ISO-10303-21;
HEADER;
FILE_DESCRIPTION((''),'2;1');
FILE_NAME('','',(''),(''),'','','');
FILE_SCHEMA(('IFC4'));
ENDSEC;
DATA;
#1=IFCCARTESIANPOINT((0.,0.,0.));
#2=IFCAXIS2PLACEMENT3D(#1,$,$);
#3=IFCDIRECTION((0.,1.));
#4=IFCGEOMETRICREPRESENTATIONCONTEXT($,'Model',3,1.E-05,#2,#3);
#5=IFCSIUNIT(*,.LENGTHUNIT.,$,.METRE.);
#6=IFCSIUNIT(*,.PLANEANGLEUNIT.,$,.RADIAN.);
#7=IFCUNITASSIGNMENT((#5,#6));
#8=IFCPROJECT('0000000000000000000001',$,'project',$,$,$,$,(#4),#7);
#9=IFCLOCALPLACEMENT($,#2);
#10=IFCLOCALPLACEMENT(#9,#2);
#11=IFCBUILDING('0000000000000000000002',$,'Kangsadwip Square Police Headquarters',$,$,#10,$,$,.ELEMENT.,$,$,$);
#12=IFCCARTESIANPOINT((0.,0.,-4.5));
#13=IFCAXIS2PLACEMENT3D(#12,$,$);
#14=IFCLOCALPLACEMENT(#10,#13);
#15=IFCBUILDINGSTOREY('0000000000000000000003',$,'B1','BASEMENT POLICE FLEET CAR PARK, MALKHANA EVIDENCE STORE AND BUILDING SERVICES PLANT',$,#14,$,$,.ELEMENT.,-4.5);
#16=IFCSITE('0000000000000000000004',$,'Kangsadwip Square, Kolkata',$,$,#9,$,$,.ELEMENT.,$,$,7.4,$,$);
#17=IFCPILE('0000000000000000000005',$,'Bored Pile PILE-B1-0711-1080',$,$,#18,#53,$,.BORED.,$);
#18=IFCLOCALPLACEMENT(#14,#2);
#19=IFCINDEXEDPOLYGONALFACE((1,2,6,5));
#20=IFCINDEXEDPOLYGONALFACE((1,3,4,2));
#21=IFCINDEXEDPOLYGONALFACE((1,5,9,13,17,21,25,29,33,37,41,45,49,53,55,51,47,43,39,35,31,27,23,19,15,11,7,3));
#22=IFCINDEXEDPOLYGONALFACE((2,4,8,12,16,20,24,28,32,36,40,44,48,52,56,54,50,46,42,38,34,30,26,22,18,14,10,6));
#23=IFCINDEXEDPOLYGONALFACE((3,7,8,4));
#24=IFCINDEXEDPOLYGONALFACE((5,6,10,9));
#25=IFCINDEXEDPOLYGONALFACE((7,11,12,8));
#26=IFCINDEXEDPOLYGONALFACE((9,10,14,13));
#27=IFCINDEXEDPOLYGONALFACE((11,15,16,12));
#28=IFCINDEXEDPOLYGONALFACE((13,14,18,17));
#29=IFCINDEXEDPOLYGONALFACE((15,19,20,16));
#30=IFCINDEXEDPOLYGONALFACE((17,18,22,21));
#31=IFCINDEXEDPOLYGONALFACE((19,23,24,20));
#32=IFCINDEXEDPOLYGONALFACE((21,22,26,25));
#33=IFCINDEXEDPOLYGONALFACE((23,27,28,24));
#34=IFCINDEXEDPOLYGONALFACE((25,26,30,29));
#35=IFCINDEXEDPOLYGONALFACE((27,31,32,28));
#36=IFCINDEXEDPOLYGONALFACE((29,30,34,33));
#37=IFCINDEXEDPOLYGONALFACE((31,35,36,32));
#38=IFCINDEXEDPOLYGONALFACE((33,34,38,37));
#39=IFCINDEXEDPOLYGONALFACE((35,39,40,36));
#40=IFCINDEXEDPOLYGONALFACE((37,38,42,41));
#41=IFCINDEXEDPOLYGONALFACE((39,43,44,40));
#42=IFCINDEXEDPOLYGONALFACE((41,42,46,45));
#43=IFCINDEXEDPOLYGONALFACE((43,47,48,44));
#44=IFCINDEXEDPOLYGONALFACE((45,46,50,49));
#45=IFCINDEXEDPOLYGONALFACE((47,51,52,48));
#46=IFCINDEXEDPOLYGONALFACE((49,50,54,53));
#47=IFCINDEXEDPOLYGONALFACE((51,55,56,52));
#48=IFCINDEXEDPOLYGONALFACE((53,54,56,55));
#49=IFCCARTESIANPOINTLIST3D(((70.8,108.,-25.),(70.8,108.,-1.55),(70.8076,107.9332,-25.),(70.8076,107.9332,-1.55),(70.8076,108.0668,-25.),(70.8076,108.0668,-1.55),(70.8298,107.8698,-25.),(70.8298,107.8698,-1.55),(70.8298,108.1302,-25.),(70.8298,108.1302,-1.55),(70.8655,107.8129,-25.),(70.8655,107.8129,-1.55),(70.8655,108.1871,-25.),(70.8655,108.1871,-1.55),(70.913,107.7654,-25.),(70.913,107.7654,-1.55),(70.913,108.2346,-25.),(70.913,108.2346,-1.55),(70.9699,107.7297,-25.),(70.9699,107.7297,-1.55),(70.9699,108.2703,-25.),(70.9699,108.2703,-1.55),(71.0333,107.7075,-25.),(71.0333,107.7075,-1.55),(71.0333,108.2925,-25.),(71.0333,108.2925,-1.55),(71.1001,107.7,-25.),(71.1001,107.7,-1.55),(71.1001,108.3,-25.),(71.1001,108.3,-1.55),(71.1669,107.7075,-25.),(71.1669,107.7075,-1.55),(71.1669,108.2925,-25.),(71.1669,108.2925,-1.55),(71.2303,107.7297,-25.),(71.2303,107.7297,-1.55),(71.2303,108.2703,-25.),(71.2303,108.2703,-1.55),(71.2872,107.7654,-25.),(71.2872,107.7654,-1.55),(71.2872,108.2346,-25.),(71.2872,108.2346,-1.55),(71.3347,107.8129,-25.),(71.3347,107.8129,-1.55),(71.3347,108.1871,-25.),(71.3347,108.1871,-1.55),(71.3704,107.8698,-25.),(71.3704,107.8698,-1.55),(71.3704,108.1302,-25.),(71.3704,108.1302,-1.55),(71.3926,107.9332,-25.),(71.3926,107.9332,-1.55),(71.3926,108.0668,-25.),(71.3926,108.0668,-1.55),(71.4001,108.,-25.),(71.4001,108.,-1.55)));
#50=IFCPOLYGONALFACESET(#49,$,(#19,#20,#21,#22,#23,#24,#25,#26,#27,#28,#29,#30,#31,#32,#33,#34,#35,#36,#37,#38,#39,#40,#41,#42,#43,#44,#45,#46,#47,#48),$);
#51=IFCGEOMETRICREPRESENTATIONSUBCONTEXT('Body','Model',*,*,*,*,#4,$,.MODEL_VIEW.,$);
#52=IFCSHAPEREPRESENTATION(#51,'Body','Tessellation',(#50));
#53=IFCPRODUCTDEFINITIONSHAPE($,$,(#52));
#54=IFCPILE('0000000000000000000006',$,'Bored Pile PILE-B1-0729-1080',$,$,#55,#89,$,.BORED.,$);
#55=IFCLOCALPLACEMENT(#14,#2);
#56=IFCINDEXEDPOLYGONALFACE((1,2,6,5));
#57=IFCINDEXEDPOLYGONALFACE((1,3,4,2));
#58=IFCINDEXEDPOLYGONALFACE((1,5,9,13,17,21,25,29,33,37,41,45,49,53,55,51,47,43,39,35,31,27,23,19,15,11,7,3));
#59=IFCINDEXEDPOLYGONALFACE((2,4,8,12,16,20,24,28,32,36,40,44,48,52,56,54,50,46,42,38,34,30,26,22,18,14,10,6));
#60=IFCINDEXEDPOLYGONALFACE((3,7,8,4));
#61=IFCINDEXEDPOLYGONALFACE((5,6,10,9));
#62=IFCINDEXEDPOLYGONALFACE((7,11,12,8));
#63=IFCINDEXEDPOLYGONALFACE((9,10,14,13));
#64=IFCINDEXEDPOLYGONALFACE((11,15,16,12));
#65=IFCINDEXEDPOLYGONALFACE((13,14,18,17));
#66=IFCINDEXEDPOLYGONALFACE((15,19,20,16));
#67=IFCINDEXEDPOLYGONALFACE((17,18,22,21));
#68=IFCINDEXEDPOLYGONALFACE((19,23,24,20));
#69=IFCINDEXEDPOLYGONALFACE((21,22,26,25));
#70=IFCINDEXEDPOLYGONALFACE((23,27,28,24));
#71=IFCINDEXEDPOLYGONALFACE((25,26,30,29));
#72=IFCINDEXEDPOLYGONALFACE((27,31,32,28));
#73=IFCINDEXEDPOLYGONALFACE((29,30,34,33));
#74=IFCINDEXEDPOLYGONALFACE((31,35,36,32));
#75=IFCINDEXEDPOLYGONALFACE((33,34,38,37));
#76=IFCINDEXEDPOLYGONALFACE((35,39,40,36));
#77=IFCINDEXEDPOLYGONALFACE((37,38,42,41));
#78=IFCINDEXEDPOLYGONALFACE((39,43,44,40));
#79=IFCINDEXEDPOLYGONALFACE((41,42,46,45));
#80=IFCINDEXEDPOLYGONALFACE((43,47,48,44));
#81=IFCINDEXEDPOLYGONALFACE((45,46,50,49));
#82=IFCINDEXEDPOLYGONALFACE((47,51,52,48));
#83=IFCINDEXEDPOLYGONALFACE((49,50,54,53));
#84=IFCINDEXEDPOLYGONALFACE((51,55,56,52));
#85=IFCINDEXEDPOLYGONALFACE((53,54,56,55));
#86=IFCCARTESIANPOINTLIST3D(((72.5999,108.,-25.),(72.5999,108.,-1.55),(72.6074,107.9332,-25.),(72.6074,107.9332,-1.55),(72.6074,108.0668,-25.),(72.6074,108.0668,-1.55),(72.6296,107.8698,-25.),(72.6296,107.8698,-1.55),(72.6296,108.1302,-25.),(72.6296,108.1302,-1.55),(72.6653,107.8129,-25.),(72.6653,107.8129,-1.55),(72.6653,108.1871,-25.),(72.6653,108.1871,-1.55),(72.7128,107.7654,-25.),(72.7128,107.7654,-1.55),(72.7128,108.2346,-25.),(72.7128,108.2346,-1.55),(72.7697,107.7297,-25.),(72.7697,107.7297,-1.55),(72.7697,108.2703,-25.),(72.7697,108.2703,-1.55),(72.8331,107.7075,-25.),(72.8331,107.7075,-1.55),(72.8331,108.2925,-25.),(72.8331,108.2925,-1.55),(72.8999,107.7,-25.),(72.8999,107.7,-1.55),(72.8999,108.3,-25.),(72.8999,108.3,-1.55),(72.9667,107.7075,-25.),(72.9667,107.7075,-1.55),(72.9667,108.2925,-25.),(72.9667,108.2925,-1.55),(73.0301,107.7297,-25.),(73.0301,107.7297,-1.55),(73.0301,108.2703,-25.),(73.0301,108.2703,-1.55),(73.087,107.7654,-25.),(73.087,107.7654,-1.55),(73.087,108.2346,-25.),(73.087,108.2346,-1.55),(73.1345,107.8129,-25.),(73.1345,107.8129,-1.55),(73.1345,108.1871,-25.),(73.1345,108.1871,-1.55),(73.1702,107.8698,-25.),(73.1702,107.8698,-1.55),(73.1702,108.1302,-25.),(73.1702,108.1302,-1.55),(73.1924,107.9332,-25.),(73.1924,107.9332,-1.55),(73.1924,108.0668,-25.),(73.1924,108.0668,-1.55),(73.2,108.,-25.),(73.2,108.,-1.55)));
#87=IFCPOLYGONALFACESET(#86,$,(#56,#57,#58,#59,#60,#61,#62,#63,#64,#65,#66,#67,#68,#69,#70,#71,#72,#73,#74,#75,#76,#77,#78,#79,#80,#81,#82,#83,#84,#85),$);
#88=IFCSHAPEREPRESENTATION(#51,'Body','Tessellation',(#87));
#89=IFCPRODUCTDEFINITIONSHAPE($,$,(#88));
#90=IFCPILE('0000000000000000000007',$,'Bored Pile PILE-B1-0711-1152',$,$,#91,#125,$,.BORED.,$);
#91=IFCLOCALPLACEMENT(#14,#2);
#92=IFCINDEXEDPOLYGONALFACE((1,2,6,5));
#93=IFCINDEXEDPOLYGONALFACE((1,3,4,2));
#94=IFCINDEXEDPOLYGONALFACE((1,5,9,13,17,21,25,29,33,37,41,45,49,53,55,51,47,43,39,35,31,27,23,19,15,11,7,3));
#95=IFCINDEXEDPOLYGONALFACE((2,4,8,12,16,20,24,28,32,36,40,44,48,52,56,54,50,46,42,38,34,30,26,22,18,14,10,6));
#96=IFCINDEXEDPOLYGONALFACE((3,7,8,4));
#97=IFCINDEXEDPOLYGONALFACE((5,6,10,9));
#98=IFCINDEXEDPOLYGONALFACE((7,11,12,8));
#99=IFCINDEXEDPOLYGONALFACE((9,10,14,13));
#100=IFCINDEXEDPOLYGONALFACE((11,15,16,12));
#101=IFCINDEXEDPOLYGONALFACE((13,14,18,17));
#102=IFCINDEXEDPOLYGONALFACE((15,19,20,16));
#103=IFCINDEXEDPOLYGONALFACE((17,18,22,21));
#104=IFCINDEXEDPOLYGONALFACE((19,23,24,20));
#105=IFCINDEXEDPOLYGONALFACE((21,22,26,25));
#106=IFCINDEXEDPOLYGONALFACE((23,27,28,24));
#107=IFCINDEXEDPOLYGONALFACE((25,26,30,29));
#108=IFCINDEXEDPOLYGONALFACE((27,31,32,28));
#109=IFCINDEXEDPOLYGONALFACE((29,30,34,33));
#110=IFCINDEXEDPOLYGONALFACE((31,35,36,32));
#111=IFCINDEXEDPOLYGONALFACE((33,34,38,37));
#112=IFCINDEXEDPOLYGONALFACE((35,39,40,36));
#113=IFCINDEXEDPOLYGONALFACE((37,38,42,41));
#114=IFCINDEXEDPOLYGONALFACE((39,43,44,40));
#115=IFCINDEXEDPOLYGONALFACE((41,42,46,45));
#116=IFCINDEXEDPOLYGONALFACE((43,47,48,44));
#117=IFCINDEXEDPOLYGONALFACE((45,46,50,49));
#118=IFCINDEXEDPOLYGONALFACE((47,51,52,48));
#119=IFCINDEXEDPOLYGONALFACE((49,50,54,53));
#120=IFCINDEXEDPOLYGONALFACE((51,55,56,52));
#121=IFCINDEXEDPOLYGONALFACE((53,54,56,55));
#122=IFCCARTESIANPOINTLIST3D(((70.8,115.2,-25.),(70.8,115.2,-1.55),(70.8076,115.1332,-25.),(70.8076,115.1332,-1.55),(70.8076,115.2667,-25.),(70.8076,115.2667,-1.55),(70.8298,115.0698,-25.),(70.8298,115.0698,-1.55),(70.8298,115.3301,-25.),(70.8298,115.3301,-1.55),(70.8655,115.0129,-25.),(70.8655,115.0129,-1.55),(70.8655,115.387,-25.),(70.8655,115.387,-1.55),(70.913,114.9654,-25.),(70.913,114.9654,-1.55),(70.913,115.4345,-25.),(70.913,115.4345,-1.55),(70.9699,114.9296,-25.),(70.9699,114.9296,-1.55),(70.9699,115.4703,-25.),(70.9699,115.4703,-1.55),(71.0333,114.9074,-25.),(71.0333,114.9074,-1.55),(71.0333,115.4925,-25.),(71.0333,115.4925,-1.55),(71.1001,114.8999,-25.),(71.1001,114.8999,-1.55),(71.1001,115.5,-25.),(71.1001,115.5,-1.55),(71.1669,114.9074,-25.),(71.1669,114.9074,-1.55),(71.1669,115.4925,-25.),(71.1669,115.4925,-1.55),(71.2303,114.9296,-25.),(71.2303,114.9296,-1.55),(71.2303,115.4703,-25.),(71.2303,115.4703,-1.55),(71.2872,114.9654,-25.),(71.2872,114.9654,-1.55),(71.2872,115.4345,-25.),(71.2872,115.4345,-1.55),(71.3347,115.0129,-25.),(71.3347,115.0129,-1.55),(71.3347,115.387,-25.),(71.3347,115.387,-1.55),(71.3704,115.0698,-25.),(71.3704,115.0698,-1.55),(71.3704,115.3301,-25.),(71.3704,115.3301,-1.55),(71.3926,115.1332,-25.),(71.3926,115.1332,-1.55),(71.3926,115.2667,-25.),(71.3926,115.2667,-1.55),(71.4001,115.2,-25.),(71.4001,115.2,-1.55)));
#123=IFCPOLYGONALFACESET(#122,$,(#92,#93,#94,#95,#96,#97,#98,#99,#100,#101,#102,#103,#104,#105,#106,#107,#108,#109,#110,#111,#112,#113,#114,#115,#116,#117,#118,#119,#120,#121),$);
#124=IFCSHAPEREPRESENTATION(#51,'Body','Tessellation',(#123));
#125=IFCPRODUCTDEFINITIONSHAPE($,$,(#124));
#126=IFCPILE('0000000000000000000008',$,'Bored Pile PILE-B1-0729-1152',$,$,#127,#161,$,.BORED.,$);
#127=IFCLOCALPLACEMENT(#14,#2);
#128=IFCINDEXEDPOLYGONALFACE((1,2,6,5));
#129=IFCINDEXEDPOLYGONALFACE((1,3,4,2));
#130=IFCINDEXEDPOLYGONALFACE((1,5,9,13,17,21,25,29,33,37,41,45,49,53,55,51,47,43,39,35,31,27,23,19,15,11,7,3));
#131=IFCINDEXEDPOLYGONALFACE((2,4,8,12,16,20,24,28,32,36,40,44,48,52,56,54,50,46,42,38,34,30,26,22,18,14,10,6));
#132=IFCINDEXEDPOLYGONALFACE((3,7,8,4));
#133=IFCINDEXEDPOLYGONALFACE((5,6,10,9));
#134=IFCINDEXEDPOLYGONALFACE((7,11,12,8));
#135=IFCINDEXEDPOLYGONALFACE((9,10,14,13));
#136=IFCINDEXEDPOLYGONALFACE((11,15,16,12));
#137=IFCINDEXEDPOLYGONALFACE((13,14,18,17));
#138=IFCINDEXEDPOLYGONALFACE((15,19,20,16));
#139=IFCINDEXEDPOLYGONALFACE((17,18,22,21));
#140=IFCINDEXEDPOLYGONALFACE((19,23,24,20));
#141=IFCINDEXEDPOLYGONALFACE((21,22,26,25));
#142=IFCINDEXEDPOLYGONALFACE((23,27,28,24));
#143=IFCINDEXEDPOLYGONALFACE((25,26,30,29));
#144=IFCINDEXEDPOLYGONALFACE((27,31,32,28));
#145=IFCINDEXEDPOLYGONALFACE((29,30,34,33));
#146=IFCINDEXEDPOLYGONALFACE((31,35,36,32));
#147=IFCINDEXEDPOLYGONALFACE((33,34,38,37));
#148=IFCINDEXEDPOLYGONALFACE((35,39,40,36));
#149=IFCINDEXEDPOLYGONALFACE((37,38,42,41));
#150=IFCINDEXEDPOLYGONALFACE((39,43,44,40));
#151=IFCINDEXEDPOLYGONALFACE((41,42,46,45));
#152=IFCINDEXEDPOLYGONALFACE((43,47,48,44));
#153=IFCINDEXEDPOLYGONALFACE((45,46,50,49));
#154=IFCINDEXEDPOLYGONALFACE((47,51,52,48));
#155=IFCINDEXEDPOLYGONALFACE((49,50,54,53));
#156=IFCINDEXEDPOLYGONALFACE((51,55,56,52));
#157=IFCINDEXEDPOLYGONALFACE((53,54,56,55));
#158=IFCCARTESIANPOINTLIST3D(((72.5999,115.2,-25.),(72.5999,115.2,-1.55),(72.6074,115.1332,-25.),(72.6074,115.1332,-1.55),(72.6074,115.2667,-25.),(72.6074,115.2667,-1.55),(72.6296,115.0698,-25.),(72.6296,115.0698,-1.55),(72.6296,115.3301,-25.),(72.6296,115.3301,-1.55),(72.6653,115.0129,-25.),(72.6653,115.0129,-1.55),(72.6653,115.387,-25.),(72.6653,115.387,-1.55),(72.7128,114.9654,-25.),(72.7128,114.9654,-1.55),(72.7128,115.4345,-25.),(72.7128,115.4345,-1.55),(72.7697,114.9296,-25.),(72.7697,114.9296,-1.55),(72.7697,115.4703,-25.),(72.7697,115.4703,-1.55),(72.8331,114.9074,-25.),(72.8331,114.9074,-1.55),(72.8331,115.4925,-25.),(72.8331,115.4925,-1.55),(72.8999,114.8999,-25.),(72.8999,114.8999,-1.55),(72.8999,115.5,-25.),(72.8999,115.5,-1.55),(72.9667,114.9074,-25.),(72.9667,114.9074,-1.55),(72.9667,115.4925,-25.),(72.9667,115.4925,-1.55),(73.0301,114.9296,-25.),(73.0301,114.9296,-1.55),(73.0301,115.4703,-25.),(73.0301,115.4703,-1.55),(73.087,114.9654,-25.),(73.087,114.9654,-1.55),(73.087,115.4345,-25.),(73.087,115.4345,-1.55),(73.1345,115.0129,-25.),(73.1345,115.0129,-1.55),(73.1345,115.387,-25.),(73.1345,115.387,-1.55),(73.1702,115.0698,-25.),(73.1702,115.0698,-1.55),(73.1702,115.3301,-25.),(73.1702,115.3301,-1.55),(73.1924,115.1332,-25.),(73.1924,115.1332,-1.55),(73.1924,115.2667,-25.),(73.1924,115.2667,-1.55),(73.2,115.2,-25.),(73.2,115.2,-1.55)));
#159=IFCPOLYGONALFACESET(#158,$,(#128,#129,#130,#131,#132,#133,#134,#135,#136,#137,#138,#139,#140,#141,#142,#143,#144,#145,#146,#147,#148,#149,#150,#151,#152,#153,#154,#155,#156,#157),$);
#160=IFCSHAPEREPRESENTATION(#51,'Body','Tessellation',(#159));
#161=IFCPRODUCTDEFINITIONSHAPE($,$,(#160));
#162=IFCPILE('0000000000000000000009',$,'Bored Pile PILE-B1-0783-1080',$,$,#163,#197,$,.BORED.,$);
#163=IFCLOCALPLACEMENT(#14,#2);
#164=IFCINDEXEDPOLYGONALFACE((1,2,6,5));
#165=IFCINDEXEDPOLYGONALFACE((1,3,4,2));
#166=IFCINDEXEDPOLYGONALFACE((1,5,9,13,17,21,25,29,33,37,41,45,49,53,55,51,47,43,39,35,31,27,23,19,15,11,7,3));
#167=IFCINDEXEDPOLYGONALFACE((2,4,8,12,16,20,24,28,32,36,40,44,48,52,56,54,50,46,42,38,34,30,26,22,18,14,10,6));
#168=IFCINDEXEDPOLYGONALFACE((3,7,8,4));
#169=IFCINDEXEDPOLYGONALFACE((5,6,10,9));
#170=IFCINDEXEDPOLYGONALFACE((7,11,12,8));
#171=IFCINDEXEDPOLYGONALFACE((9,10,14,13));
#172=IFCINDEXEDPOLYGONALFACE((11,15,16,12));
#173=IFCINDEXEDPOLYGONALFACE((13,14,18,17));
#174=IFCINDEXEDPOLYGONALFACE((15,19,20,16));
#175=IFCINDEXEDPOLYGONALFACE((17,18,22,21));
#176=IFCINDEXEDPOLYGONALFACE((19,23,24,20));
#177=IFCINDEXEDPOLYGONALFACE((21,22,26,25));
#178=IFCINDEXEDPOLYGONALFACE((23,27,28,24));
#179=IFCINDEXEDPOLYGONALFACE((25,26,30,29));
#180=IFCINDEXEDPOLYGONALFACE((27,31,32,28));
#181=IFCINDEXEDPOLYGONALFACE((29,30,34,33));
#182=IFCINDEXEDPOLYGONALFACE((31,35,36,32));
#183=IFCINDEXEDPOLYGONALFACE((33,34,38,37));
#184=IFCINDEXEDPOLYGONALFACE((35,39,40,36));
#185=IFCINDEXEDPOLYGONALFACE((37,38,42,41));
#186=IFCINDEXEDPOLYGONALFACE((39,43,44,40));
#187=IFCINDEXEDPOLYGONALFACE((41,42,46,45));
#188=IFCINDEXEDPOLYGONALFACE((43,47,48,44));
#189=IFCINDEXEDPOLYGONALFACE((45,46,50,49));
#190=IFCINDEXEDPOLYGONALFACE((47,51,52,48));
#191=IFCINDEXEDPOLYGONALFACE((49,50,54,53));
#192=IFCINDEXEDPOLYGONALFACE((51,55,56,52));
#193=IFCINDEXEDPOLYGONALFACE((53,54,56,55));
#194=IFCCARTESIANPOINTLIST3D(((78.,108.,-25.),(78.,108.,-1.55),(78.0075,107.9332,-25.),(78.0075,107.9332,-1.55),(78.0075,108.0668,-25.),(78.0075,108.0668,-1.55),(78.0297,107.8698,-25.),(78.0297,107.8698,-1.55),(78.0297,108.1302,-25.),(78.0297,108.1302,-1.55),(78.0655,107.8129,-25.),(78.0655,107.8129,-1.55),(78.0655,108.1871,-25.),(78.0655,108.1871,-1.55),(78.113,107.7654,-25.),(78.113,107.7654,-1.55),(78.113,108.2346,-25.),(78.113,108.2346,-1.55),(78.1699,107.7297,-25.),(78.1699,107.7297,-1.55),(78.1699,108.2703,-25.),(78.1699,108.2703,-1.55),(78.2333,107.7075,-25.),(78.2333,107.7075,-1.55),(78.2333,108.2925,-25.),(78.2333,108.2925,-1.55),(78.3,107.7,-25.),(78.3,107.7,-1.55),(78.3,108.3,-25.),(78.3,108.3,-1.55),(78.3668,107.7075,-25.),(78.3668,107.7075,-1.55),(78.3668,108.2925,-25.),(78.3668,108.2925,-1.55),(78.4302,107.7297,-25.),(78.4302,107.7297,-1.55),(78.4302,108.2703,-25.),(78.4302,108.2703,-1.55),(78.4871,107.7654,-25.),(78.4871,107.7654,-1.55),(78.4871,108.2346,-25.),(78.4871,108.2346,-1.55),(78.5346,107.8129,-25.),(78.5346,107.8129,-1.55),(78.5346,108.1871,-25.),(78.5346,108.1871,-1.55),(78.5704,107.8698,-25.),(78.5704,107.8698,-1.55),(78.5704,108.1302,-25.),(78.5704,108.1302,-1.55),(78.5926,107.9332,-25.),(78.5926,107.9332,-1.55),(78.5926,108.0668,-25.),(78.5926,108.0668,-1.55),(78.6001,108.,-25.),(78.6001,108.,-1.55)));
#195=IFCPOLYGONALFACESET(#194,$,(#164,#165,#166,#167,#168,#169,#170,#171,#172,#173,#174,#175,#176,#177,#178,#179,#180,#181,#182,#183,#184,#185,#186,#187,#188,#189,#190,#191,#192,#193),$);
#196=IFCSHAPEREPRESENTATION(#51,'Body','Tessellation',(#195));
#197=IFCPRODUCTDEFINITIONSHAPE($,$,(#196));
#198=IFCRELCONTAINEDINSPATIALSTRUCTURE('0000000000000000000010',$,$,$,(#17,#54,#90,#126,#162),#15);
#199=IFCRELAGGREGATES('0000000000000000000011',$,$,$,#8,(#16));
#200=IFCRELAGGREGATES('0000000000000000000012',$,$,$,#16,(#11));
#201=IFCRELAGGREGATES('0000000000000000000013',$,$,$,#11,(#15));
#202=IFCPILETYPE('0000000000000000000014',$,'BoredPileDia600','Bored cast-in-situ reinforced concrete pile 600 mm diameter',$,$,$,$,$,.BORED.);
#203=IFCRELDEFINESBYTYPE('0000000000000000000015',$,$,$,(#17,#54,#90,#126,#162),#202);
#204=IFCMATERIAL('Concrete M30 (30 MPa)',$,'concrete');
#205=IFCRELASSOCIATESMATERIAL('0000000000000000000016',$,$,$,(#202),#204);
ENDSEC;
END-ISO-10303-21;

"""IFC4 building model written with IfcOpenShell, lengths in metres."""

from ifc_helpers import new_model, si_unit, direction, frame, origin, origin_2d, place, context, subcontext, project, spatial, circle, extrude, material, material_profile, profile_set, type_object, element, save


model = new_model("IFC4")

# Units and contexts
model_context = context("Model", 3, precision=1e-05, world=origin(), true_north=direction((0.0, 1.0)))
body_context = subcontext(model_context, "Body", "Model", "MODEL_VIEW")
ifc_project = project(units=[si_unit("LENGTHUNIT", "METRE"), si_unit("PLANEANGLEUNIT", "RADIAN")], contexts=[model_context])

# Site, building, storey
site_placement = place(None, origin())
site = spatial("IfcSite", under=ifc_project, at=site_placement, Name="Kangsadwip Square, Kolkata", CompositionType="ELEMENT", RefElevation=7.4)
building_placement = place(site_placement, origin())
building = spatial("IfcBuilding", under=site, at=building_placement, Name="Kangsadwip Square Police Headquarters", CompositionType="ELEMENT")
storey_placement = place(building_placement, frame((0.0, 0.0, -4.5)))
storey = spatial("IfcBuildingStorey", under=building, at=storey_placement, Name="B1", Description="BASEMENT POLICE FLEET CAR PARK, MALKHANA EVIDENCE STORE AND BUILDING SERVICES PLANT", CompositionType="ELEMENT", Elevation=-4.5)

# Piles
ifc_material_1 = material(Name="Concrete M30 (30 MPa)", Category="concrete")
ifc_material_profile_1 = material_profile(ifc_material_1, circle(Radius=0.3, at=origin_2d()), Name="PILE DIA 600")
ifc_profile_set_1 = profile_set([ifc_material_profile_1], Name="Concrete M30 (30 MPa)")
pile_type = type_object("IfcPileType", Name="BoredPileDia600", Description="Bored cast-in-situ reinforced concrete pile 600 mm diameter", PredefinedType="BORED", material=ifc_profile_set_1)
for number, where, z_axis, x_axis, name in (
    (1, (71.1001, 108.0, -1.55), (0.0, 0.0, -1.0), (1.0, 0.0, 0.0), "Bored Pile PILE-B1-0711-1080"),
    (2, (72.8999, 108.0, -1.55), (0.0, 0.0, -1.0), (1.0, 0.0, 0.0), "Bored Pile PILE-B1-0729-1080"),
    (3, (71.1001, 115.2, -1.55), (0.0, 0.0, -1.0), (1.0, 0.0, 0.0), "Bored Pile PILE-B1-0711-1152"),
    (4, (72.8999, 115.2, -1.55), (0.0, 0.0, -1.0), (1.0, 0.0, 0.0), "Bored Pile PILE-B1-0729-1152"),
    (5, (78.3, 108.0, -1.55), (0.0, 0.0, -1.0), (1.0, 0.0, 0.0), "Bored Pile PILE-B1-0783-1080"),
):
    element("IfcPile", number, at=place(storey_placement, frame(where, z_axis=z_axis, x_axis=x_axis)), inside=storey, type_object=pile_type, Name=name, PredefinedType="BORED", context=body_context, shape_type="SweptSolid", body=[
        extrude(circle(Radius=0.3, at=origin_2d()), origin(), (0.0, 0.0, 1.0), 23.45),
    ])

save(model, "model.ifc")
